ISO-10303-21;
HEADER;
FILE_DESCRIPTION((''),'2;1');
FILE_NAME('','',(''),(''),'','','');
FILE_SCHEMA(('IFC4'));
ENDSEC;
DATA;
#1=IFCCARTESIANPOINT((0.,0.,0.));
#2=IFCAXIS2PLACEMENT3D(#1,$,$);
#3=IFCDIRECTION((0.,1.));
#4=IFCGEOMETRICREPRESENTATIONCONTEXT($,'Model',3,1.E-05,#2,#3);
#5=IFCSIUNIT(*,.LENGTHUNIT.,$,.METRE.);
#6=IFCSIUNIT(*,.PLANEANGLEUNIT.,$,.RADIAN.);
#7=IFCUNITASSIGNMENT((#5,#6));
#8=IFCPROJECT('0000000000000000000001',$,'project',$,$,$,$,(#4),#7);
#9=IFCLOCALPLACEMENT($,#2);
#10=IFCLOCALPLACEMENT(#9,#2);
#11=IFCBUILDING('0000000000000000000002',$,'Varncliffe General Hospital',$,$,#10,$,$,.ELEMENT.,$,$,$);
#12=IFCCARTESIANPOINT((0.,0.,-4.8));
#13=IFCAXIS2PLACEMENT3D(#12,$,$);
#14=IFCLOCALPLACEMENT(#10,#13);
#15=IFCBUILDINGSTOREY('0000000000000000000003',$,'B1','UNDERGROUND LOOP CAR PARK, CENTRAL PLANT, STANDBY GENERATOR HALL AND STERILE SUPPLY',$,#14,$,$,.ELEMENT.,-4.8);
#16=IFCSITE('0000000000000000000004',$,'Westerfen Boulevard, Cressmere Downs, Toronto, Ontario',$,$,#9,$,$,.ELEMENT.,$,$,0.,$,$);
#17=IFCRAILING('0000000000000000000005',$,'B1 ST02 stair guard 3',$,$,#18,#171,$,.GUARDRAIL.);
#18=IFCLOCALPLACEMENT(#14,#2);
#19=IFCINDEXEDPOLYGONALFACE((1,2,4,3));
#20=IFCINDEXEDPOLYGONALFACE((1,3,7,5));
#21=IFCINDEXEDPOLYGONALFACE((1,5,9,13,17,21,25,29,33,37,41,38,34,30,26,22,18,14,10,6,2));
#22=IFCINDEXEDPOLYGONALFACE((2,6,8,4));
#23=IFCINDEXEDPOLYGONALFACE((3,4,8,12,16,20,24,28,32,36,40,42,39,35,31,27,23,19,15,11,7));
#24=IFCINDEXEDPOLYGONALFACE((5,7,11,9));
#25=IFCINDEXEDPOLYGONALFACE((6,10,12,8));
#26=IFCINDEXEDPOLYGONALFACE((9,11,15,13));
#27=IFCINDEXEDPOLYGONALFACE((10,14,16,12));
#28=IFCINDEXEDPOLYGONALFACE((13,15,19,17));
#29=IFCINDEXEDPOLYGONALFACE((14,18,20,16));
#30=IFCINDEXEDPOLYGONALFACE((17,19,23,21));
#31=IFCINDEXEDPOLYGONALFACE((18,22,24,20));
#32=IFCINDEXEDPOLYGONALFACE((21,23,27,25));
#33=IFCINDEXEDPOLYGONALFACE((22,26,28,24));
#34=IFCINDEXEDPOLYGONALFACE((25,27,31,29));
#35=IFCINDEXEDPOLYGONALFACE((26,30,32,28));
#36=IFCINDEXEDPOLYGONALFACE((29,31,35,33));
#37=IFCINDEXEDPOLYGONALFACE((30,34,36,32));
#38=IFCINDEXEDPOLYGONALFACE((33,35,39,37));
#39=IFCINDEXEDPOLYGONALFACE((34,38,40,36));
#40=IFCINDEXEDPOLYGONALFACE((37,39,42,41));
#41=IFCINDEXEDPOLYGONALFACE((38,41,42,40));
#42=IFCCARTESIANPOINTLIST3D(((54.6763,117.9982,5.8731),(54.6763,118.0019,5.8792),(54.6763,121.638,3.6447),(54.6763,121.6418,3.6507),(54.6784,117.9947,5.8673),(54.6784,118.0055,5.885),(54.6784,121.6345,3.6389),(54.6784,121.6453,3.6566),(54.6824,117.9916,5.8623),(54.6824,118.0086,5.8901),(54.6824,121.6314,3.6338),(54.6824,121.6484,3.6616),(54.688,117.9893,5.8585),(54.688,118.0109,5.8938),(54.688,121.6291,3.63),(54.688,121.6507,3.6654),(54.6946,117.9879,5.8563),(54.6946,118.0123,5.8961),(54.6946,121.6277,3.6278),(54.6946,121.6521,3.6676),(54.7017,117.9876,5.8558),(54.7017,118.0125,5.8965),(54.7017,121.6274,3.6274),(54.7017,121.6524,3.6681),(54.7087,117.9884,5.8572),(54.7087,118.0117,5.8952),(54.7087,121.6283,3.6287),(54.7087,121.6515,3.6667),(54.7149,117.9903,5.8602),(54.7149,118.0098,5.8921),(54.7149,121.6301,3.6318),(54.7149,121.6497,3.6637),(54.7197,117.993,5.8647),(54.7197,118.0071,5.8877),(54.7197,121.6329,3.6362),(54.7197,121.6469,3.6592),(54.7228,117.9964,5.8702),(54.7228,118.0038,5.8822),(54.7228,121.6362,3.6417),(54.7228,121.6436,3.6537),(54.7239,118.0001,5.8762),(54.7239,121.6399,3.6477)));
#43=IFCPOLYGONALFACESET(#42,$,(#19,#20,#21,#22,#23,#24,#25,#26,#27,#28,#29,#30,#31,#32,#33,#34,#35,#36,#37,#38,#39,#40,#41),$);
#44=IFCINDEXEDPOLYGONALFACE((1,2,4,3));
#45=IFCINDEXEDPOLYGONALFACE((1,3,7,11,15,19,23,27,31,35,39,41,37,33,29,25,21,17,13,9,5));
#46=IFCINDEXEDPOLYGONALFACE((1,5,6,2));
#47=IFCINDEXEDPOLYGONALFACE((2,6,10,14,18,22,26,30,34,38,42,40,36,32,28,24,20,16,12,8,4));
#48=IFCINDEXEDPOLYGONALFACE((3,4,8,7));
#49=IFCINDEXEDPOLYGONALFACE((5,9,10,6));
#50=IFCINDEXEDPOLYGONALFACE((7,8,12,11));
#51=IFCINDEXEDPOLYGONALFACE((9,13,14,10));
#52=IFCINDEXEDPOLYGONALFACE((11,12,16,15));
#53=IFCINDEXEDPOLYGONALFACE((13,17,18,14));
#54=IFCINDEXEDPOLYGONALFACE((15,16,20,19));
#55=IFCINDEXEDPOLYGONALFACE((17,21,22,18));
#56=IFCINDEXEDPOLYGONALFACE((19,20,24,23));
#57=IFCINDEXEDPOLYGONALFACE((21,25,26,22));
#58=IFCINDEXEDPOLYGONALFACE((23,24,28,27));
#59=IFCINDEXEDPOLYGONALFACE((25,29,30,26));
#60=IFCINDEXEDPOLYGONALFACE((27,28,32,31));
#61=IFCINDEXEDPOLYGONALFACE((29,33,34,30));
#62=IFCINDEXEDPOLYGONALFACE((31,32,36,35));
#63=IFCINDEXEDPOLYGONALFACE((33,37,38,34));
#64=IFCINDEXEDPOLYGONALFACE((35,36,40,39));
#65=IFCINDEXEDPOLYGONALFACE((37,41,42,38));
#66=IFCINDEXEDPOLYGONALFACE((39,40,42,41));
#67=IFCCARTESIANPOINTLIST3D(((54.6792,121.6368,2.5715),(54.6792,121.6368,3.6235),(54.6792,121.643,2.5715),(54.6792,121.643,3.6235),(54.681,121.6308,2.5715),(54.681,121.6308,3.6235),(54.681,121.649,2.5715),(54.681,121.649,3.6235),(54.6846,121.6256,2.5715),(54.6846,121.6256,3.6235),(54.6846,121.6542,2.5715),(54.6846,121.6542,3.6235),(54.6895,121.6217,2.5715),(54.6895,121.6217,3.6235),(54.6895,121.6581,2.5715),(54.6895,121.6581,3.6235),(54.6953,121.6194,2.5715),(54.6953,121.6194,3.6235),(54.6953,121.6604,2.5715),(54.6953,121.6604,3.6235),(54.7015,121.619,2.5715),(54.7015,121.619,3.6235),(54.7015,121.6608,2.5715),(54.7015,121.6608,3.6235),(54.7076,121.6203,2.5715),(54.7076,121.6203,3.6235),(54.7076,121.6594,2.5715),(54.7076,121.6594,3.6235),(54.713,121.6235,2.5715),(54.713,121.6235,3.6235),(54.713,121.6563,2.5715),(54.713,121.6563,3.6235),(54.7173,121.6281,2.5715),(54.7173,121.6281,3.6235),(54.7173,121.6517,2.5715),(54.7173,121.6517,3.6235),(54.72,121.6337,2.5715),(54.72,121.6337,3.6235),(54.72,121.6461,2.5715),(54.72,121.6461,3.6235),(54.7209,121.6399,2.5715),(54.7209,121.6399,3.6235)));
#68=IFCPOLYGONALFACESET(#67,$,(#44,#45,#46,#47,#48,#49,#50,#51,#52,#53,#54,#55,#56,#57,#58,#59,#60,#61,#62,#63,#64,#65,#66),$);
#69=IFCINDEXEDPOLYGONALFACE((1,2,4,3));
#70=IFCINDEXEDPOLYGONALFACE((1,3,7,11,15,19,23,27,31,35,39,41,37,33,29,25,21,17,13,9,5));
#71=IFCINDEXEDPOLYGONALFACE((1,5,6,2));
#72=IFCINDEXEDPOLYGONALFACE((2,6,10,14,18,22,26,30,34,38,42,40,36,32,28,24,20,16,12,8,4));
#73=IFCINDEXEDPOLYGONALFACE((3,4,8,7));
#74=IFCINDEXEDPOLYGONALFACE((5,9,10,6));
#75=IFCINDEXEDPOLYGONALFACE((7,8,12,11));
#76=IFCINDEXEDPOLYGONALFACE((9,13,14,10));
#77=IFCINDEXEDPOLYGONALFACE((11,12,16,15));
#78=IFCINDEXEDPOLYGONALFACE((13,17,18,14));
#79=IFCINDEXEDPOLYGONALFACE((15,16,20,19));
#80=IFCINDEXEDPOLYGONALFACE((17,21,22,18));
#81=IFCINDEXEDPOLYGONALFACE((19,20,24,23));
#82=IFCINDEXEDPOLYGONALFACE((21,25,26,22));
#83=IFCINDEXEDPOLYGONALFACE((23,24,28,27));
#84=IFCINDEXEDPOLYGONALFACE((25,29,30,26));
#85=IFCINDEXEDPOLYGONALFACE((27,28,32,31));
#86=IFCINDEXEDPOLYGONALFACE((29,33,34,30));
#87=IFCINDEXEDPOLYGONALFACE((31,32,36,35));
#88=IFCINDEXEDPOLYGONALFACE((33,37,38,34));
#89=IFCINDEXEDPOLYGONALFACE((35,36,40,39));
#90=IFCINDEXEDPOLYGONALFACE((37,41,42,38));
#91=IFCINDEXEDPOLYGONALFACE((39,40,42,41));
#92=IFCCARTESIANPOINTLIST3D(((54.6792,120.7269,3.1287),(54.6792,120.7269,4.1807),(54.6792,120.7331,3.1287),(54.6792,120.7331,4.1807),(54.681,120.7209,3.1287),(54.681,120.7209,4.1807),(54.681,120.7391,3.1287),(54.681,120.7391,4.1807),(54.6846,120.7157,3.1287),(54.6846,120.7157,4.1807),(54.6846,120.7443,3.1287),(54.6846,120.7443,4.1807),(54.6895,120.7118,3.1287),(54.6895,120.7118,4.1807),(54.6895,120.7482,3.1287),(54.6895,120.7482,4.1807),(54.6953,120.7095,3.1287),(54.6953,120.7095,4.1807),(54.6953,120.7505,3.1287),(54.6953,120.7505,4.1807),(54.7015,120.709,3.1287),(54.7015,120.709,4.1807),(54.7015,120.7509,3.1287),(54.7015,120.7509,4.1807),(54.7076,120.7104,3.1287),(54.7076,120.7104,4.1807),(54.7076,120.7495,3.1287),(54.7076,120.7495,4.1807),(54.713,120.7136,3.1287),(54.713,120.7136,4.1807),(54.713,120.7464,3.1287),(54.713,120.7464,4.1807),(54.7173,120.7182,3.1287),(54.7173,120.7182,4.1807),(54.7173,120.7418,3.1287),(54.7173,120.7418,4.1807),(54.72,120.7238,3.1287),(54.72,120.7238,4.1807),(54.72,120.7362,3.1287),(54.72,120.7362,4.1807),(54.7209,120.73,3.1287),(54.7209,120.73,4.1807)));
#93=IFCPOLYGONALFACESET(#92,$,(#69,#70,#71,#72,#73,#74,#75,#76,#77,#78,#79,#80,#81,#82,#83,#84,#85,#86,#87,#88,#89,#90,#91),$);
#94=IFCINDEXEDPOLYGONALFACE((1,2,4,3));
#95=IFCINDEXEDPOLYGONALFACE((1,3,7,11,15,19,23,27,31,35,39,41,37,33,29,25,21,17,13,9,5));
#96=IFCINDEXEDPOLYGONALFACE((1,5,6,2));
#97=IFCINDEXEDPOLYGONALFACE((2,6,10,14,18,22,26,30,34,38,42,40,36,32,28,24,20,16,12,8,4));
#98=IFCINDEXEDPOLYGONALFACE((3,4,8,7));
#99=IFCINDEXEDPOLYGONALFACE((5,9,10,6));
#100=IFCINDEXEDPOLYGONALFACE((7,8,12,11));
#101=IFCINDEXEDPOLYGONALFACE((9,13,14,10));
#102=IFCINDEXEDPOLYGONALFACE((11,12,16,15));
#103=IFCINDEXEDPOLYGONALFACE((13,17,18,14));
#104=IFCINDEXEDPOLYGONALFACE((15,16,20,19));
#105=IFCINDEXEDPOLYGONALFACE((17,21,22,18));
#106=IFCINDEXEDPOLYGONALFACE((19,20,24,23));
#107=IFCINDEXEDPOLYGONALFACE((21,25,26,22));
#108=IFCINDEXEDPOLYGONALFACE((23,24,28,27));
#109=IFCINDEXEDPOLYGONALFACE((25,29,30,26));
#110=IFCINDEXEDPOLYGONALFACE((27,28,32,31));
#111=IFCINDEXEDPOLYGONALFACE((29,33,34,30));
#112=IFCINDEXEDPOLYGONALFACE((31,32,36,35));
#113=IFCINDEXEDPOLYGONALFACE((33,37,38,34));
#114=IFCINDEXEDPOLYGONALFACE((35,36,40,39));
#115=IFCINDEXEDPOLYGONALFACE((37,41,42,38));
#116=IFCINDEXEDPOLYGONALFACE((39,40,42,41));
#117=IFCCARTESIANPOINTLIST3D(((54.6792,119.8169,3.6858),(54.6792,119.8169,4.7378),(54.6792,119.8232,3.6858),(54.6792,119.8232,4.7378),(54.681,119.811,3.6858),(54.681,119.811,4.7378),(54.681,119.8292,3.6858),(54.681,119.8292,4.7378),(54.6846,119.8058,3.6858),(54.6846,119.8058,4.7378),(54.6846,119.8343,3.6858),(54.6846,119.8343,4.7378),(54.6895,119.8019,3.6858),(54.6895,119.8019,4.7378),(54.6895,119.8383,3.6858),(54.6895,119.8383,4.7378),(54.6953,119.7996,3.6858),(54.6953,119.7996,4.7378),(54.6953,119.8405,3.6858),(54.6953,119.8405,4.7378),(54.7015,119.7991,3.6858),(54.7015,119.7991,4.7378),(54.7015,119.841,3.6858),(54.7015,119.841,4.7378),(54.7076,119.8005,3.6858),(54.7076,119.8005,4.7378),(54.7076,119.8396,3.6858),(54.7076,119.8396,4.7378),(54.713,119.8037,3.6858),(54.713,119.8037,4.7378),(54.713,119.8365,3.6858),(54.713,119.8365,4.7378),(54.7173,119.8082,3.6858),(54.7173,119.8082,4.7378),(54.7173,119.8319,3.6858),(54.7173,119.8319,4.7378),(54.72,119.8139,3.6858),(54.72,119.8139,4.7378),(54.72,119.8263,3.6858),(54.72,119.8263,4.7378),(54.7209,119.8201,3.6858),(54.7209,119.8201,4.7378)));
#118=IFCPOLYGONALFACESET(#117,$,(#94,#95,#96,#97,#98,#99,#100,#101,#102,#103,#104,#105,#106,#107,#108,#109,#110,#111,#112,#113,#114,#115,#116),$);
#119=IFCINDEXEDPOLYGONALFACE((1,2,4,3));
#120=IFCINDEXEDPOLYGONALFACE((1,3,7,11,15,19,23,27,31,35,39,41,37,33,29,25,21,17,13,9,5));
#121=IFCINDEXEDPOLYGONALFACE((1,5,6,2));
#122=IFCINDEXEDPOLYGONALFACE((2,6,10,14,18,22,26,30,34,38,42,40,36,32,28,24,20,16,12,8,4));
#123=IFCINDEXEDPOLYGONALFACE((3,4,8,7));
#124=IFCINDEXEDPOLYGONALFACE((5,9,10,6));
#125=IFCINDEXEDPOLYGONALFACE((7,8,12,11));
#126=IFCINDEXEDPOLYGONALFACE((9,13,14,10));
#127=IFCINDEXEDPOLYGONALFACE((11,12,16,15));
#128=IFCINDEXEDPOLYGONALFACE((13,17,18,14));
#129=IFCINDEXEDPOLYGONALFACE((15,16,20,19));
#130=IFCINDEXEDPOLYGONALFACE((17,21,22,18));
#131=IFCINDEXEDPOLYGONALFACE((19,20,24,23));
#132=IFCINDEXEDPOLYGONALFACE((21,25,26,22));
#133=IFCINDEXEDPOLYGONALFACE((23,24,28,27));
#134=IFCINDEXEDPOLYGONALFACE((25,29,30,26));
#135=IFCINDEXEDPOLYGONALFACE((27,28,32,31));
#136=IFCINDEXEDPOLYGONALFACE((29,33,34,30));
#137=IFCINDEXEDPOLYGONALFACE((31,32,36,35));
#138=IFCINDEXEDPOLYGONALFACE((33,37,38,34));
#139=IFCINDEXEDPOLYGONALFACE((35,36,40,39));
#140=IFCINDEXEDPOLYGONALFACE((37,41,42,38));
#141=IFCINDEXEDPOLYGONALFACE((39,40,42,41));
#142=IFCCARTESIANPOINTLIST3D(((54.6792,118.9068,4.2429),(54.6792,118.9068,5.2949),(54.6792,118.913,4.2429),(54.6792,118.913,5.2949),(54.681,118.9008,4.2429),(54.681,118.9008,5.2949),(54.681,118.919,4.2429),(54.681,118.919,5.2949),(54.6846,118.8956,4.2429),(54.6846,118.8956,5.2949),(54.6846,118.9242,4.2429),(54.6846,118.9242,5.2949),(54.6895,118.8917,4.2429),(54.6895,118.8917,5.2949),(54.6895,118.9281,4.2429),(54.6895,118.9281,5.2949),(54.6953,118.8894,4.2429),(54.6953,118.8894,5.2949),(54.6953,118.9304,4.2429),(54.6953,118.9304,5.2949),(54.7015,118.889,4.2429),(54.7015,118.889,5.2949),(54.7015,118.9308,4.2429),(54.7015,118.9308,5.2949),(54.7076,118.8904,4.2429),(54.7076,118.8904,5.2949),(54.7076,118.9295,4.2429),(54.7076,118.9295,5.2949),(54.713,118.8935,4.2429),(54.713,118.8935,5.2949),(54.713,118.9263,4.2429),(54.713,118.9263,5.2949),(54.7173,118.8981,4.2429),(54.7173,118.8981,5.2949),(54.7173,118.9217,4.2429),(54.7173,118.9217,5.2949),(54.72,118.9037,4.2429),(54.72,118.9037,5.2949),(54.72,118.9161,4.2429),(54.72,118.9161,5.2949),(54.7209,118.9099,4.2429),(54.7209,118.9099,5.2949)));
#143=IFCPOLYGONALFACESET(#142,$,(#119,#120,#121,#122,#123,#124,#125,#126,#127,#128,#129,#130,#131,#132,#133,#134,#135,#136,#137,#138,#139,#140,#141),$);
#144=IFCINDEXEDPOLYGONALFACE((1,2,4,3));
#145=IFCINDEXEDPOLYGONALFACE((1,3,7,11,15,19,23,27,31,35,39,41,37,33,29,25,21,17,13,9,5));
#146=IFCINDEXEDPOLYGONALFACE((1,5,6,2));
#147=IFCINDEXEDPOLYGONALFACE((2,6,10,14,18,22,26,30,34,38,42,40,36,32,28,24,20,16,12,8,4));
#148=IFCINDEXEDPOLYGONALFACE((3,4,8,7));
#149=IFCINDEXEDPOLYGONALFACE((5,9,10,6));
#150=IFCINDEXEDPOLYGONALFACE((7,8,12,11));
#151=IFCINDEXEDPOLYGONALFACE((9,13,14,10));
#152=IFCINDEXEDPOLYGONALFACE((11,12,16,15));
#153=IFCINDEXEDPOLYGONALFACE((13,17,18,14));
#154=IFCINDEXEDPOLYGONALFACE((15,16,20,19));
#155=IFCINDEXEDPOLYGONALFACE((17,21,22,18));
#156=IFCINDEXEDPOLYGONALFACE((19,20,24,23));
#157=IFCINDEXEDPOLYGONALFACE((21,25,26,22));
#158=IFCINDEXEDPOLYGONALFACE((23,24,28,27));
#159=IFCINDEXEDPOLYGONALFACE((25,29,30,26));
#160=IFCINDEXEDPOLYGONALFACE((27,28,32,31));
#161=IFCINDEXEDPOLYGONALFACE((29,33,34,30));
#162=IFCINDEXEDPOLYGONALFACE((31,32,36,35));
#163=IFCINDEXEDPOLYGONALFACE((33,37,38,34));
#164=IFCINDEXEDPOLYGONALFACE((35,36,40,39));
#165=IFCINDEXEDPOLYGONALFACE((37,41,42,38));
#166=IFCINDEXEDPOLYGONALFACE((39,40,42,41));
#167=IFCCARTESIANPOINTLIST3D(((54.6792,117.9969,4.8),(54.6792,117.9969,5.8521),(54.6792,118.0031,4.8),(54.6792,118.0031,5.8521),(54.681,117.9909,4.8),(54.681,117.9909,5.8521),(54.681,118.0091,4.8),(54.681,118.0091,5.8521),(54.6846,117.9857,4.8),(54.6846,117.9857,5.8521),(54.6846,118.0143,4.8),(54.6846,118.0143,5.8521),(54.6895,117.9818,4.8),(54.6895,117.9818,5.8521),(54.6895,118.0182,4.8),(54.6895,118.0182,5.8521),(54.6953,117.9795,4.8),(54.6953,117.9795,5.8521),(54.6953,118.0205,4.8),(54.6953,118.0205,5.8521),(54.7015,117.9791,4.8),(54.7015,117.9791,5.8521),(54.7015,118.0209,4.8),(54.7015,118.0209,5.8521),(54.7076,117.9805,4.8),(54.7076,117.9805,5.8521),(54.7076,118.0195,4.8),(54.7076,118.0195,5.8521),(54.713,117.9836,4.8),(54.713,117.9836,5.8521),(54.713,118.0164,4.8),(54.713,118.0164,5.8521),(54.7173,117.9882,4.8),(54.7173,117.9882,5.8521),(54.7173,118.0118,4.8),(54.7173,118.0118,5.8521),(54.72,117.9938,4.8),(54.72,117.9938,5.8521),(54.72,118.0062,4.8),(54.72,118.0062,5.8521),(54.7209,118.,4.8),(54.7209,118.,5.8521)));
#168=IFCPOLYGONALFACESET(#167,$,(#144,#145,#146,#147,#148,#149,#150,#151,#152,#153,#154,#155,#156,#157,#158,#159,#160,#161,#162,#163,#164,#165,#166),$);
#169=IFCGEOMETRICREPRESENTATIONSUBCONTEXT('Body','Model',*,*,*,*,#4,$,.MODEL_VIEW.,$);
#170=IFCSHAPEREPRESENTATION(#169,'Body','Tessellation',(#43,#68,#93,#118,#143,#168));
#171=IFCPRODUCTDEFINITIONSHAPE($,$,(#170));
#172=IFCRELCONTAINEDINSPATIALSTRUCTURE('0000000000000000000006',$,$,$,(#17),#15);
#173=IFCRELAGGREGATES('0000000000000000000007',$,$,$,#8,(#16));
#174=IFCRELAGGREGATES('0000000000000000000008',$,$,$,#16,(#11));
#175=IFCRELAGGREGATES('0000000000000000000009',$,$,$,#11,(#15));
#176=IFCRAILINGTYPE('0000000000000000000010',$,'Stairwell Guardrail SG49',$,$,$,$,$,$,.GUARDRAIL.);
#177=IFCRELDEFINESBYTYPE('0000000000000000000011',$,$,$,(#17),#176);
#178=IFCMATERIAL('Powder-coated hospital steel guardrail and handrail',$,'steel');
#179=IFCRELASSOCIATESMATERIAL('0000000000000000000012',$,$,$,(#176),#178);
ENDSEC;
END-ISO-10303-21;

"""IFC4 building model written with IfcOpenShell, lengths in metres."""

from ifc_helpers import new_model, si_unit, direction, frame, origin, origin_2d, place, context, subcontext, project, spatial, circle, extrude, material, type_object, element, save


model = new_model("IFC4")

# Units and contexts
model_context = context("Model", 3, precision=1e-05, world=origin(), true_north=direction((0.0, 1.0)))
body_context = subcontext(model_context, "Body", "Model", "MODEL_VIEW")
ifc_project = project(units=[si_unit("LENGTHUNIT", "METRE"), si_unit("PLANEANGLEUNIT", "RADIAN")], contexts=[model_context])

# Site, building, storey
site_placement = place(None, origin())
site = spatial("IfcSite", under=ifc_project, at=site_placement, Name="Westerfen Boulevard, Cressmere Downs, Toronto, Ontario", CompositionType="ELEMENT", RefElevation=0.0)
building_placement = place(site_placement, origin())
building = spatial("IfcBuilding", under=site, at=building_placement, Name="Varncliffe General Hospital", CompositionType="ELEMENT")
storey_placement = place(building_placement, frame((0.0, 0.0, -4.8)))
storey = spatial("IfcBuildingStorey", under=building, at=storey_placement, Name="B1", Description="UNDERGROUND LOOP CAR PARK, CENTRAL PLANT, STANDBY GENERATOR HALL AND STERILE SUPPLY", CompositionType="ELEMENT", Elevation=-4.8)

# Railing
ifc_material_1 = material(Name="Powder-coated hospital steel guardrail and handrail", Category="steel")
railing_type_1 = type_object("IfcRailingType", Name="Stairwell Guardrail SG49", PredefinedType="GUARDRAIL", material=ifc_material_1)
railing_1_placement = place(storey_placement, frame((54.7, 121.6399, 2.5715)))
element("IfcRailing", 1, at=railing_1_placement, inside=storey, type_object=railing_type_1, Name="B1 ST02 stair guard 3", PredefinedType="GUARDRAIL", context=body_context, shape_type="SweptSolid", body=[
    extrude(circle(Radius=0.0239, at=origin_2d()), frame((0.0, 0.0, 1.0762), z_axis=(0.0, -0.85285, 0.522156), x_axis=(1.0, 0.0, 0.0)), (0.0, 0.0, 1.0), 4.2678),
    extrude(circle(Radius=0.021, at=origin_2d()), origin(), (0.0, 0.0, 1.0), 1.052),
    extrude(circle(Radius=0.021, at=origin_2d()), frame((0.0, -0.9099, 0.5571)), (0.0, 0.0, 1.0), 1.052),
    extrude(circle(Radius=0.021, at=origin_2d()), frame((0.0, -1.8198, 1.1143)), (0.0, 0.0, 1.0), 1.052),
    extrude(circle(Radius=0.021, at=origin_2d()), frame((0.0, -2.73, 1.6714)), (0.0, 0.0, 1.0), 1.052),
    extrude(circle(Radius=0.021, at=origin_2d()), frame((0.0, -3.6399, 2.2285)), (0.0, 0.0, 1.0), 1.052),
])

save(model, "model.ifc")
